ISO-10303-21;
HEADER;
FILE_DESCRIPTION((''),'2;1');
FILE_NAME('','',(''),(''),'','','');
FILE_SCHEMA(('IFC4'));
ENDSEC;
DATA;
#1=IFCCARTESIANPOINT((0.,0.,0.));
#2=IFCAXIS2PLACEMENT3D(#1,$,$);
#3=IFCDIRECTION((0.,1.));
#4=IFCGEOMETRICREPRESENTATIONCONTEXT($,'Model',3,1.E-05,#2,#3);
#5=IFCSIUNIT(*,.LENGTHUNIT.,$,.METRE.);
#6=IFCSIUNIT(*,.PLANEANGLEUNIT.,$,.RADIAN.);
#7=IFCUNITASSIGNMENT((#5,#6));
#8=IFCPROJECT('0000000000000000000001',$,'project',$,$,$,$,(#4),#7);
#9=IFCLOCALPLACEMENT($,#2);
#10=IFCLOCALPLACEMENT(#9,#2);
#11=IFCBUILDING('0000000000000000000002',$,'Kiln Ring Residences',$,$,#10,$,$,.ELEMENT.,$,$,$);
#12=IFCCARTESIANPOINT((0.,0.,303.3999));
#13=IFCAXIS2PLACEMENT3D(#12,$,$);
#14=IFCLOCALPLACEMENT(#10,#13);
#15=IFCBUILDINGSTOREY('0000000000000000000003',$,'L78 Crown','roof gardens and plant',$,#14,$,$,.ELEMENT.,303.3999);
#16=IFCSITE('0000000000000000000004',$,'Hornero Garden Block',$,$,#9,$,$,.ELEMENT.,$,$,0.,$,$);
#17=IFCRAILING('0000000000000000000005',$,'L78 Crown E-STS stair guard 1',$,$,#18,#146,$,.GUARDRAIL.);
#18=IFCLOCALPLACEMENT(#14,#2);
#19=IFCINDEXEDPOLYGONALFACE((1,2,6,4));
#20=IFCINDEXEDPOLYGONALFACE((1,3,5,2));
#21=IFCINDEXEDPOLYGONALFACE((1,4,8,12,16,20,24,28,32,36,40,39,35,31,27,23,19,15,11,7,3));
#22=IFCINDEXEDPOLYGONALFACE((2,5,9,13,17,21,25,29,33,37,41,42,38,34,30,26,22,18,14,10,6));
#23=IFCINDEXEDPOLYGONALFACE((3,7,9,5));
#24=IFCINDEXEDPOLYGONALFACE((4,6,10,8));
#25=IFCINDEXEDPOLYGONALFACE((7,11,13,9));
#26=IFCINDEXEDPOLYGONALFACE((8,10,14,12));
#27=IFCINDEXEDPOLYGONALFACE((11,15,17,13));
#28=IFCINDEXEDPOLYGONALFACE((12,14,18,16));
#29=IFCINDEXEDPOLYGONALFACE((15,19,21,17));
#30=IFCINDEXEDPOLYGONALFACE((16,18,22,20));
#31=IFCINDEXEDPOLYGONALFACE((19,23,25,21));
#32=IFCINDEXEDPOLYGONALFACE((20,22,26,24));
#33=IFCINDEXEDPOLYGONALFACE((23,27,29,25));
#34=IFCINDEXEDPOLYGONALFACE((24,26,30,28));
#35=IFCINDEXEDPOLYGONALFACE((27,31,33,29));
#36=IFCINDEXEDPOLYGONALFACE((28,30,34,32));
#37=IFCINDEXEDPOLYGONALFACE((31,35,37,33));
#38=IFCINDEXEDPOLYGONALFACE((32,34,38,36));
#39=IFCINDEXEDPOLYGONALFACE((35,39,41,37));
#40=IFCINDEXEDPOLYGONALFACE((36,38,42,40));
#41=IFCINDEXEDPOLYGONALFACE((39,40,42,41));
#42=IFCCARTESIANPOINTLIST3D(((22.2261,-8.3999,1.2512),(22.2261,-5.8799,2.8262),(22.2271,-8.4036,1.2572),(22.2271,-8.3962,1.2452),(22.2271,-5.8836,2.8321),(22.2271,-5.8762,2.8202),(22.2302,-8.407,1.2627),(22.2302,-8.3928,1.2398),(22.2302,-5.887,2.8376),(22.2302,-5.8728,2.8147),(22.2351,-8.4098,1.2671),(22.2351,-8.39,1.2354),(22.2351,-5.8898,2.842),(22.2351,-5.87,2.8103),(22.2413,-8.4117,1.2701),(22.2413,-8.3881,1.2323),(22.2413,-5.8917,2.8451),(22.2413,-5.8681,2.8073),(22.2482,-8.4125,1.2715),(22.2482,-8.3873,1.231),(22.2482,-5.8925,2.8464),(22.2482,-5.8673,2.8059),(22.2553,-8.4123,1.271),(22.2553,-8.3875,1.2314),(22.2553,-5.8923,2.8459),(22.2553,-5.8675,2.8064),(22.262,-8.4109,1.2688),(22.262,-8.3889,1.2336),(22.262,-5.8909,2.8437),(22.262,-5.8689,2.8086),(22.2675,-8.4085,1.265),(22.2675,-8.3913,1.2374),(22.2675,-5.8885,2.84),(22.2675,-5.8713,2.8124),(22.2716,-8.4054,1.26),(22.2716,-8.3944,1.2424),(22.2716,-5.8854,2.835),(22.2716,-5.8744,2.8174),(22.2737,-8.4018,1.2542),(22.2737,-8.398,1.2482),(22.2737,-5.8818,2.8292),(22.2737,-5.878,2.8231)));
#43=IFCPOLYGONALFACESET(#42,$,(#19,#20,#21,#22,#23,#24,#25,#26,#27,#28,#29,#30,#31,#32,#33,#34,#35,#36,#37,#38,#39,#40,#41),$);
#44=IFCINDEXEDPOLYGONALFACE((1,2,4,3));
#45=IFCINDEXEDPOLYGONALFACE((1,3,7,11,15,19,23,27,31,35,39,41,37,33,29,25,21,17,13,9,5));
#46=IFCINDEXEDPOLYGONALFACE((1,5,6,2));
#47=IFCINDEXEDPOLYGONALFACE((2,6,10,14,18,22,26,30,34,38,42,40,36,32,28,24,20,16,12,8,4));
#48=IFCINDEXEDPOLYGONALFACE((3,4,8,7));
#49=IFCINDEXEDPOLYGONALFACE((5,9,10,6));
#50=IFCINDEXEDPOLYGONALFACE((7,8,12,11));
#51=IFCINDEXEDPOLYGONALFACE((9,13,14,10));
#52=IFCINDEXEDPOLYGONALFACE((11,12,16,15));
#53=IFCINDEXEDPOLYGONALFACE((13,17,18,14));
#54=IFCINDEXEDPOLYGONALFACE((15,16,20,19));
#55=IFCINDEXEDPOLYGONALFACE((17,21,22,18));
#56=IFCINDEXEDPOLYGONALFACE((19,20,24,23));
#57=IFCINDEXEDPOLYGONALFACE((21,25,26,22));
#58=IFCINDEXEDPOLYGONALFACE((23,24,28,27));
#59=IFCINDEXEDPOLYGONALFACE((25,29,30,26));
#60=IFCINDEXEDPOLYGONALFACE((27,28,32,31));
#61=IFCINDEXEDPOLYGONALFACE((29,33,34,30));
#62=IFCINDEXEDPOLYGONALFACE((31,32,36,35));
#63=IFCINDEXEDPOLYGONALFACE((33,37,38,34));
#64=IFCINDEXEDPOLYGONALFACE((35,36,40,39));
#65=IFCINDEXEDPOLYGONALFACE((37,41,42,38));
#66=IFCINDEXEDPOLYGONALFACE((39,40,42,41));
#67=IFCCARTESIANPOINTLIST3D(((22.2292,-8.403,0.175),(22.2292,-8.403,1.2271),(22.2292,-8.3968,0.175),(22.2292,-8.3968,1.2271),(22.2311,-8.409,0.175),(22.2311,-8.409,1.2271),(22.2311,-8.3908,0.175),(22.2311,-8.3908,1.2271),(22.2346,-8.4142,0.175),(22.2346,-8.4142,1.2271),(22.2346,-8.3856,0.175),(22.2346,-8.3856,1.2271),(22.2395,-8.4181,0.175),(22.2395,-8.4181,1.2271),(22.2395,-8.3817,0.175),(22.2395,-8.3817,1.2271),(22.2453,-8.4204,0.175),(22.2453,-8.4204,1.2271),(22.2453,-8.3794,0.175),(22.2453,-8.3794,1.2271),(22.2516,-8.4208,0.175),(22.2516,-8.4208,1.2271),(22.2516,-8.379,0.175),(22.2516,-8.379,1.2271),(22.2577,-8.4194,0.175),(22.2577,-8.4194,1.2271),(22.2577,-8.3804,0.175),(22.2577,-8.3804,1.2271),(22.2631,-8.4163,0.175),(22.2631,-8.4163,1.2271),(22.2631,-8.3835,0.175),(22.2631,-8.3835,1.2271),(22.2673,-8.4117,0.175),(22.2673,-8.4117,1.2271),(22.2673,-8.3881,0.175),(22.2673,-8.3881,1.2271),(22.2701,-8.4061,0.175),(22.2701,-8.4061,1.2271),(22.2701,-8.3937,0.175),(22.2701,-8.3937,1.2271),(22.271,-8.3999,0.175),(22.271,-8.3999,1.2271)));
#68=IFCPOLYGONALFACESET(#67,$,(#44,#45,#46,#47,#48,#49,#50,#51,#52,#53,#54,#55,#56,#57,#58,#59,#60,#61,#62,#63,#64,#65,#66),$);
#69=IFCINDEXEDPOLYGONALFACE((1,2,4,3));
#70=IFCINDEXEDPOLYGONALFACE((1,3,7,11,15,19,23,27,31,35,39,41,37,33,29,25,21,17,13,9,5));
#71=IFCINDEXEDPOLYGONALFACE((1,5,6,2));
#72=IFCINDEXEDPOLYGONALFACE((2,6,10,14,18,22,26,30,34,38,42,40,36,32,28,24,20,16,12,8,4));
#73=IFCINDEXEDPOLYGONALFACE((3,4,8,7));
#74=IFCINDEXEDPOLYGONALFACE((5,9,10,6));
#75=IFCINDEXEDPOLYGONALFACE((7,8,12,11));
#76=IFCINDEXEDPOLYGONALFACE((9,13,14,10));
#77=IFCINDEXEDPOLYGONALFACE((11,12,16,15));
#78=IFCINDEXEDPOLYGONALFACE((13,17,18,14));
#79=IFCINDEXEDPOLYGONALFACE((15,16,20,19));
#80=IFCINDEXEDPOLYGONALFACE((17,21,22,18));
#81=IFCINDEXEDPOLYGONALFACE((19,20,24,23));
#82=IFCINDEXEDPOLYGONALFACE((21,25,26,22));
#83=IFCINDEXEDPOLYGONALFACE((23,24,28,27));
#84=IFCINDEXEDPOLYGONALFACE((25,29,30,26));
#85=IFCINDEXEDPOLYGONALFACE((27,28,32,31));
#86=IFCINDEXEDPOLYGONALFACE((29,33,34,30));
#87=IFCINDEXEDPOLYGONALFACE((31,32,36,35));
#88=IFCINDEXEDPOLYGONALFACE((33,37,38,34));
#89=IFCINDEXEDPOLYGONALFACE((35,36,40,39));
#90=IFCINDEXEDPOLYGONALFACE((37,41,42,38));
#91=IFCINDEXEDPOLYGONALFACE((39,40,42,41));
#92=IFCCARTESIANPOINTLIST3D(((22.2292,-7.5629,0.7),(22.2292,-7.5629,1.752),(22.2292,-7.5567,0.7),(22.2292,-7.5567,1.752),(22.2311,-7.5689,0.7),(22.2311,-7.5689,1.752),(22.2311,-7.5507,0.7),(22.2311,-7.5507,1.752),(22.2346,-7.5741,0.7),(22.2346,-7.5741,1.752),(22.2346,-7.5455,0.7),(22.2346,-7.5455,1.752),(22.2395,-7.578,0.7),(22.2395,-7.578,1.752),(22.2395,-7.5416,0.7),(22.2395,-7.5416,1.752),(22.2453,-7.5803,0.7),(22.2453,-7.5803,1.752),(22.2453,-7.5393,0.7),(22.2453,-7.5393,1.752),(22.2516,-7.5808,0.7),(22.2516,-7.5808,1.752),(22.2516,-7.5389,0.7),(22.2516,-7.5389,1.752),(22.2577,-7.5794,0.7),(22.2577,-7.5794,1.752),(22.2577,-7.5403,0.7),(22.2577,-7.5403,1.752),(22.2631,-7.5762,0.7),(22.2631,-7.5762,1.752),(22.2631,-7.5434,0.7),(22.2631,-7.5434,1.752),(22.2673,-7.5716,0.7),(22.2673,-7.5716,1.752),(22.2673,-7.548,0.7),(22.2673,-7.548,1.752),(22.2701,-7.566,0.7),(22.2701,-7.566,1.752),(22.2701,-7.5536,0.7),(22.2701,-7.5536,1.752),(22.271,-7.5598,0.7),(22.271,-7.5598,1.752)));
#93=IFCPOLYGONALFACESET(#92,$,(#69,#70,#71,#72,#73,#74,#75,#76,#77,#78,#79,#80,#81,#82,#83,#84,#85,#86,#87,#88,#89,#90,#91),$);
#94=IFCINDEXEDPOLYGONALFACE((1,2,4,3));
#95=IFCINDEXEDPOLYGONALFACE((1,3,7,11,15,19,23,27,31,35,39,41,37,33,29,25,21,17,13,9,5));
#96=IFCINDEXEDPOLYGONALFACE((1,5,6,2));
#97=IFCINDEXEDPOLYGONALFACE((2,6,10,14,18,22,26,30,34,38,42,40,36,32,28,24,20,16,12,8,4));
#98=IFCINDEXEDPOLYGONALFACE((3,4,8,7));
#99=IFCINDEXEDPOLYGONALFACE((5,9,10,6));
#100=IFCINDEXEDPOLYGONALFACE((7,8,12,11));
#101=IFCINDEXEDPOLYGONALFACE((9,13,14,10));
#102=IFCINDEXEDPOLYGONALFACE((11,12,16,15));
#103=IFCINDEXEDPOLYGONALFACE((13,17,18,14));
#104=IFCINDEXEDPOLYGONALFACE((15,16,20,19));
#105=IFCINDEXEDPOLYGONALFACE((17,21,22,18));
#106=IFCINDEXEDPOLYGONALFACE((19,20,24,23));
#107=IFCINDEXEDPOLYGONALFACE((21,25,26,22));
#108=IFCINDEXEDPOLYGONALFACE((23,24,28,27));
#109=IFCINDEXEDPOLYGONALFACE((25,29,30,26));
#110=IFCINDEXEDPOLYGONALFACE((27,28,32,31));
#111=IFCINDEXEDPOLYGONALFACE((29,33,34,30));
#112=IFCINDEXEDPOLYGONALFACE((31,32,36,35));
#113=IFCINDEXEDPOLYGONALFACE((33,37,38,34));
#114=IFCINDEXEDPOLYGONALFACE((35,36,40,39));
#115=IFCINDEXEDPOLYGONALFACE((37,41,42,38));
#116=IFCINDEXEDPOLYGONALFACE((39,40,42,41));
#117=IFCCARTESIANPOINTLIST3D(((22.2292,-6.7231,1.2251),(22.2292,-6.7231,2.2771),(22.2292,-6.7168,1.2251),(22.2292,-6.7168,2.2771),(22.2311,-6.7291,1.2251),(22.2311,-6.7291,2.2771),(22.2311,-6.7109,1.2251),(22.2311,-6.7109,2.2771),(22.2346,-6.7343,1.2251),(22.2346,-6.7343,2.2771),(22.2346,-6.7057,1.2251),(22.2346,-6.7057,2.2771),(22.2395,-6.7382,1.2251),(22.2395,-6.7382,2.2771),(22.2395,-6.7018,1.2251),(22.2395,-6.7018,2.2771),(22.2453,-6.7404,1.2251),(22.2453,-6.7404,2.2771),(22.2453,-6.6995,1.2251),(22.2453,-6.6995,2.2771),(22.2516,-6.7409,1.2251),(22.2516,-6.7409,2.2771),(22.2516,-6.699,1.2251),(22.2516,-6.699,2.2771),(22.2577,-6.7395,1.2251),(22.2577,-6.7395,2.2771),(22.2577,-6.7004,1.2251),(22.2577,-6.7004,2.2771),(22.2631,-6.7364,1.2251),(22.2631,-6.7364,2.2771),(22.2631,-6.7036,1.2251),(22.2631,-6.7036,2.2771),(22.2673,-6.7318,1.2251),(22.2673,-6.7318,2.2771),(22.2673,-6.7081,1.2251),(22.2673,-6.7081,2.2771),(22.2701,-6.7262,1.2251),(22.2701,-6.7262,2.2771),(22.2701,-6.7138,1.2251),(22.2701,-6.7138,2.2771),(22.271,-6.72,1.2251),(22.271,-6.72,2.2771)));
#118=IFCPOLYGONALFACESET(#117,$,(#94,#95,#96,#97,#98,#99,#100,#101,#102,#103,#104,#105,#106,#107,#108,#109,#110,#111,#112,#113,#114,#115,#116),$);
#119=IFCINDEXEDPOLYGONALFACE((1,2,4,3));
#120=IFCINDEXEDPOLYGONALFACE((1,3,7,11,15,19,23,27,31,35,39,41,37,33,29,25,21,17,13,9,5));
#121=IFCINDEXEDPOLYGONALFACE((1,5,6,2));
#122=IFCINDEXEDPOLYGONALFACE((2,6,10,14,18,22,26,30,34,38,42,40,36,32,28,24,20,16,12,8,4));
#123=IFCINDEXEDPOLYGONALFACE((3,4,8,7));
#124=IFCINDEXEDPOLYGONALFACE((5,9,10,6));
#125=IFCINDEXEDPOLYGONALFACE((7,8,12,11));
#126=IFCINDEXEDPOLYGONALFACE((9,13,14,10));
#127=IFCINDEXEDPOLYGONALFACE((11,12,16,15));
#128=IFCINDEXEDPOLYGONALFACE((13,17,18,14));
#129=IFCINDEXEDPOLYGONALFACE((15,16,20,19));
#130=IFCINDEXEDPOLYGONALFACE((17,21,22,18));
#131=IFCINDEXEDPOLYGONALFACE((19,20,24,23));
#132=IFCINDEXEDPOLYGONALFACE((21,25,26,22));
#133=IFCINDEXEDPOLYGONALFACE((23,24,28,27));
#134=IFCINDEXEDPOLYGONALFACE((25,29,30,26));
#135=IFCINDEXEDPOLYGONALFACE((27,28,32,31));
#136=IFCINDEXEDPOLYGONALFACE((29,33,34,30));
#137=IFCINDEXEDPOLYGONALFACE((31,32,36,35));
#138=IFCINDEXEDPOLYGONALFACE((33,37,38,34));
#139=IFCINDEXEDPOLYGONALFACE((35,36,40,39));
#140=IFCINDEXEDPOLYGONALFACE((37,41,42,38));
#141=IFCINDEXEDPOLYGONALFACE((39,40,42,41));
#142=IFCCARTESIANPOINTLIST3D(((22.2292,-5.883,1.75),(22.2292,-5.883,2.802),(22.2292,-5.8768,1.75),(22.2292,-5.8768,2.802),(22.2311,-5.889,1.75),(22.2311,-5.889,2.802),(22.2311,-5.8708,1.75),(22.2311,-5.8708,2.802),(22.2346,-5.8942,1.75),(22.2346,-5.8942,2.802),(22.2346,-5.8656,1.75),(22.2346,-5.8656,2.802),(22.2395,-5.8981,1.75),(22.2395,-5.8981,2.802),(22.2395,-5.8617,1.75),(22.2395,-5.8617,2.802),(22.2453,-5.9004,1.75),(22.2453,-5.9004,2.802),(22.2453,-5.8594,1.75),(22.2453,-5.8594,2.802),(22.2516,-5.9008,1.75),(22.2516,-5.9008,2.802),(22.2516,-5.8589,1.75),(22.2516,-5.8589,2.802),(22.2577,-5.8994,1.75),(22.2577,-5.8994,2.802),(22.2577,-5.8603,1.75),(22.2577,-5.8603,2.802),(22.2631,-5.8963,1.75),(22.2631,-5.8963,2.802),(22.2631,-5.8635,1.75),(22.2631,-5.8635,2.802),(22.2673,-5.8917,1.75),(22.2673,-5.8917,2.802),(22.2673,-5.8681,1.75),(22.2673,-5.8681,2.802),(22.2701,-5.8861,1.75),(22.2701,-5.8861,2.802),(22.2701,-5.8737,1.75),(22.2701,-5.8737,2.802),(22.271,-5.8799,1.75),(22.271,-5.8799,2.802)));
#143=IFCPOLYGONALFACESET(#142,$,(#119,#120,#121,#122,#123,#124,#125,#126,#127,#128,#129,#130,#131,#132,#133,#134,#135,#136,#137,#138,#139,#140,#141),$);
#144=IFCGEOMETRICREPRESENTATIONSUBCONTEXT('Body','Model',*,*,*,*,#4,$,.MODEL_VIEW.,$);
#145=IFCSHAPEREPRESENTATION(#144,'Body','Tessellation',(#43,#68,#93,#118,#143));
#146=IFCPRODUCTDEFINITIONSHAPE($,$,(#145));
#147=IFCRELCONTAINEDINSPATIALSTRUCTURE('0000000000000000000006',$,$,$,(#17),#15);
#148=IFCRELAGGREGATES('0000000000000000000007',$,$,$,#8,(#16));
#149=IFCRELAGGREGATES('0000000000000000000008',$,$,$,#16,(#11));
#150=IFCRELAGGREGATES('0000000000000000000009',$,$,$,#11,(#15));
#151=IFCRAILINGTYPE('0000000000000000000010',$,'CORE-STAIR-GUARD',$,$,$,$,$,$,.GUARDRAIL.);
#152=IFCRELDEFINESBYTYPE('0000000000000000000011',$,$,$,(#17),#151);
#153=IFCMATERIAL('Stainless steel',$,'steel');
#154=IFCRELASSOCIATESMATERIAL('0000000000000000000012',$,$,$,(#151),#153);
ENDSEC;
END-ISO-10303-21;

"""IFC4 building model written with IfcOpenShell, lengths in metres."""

from ifc_helpers import new_model, si_unit, direction, frame, origin, origin_2d, place, context, subcontext, project, spatial, circle, extrude, material, type_object, element, save


model = new_model("IFC4")

# Units and contexts
model_context = context("Model", 3, precision=1e-05, world=origin(), true_north=direction((0.0, 1.0)))
body_context = subcontext(model_context, "Body", "Model", "MODEL_VIEW")
ifc_project = project(units=[si_unit("LENGTHUNIT", "METRE"), si_unit("PLANEANGLEUNIT", "RADIAN")], contexts=[model_context])

# Site, building, storey
site_placement = place(None, origin())
site = spatial("IfcSite", under=ifc_project, at=site_placement, Name="Hornero Garden Block", CompositionType="ELEMENT", RefElevation=0.0)
building_placement = place(site_placement, origin())
building = spatial("IfcBuilding", under=site, at=building_placement, Name="Kiln Ring Residences", CompositionType="ELEMENT")
storey_placement = place(building_placement, frame((0.0, 0.0, 303.3999)))
storey = spatial("IfcBuildingStorey", under=building, at=storey_placement, Name="L78 Crown", Description="roof gardens and plant", CompositionType="ELEMENT", Elevation=303.3999)

# Railing
ifc_material_1 = material(Name="Stainless steel", Category="steel")
railing_type_1 = type_object("IfcRailingType", Name="CORE-STAIR-GUARD", PredefinedType="GUARDRAIL", material=ifc_material_1)
railing_1_placement = place(storey_placement, frame((22.25, -8.3999, 0.175)))
element("IfcRailing", 1, at=railing_1_placement, inside=storey, type_object=railing_type_1, Name="L78 Crown E-STS stair guard 1", PredefinedType="GUARDRAIL", context=body_context, shape_type="SweptSolid", body=[
    extrude(circle(Radius=0.0239, at=origin_2d()), frame((0.0, 0.0, 1.0762), z_axis=(0.0, 0.848008, 0.529984), x_axis=(-1.0, 0.0, 0.0)), (0.0, 0.0, 1.0), 2.9717),
    extrude(circle(Radius=0.021, at=origin_2d()), origin(), (0.0, 0.0, 1.0), 1.052),
    extrude(circle(Radius=0.021, at=origin_2d()), frame((0.0, 0.8401, 0.5249)), (0.0, 0.0, 1.0), 1.052),
    extrude(circle(Radius=0.021, at=origin_2d()), frame((0.0, 1.6799, 1.05)), (0.0, 0.0, 1.0), 1.052),
    extrude(circle(Radius=0.021, at=origin_2d()), frame((0.0, 2.52, 1.575)), (0.0, 0.0, 1.0), 1.052),
])

save(model, "model.ifc")
